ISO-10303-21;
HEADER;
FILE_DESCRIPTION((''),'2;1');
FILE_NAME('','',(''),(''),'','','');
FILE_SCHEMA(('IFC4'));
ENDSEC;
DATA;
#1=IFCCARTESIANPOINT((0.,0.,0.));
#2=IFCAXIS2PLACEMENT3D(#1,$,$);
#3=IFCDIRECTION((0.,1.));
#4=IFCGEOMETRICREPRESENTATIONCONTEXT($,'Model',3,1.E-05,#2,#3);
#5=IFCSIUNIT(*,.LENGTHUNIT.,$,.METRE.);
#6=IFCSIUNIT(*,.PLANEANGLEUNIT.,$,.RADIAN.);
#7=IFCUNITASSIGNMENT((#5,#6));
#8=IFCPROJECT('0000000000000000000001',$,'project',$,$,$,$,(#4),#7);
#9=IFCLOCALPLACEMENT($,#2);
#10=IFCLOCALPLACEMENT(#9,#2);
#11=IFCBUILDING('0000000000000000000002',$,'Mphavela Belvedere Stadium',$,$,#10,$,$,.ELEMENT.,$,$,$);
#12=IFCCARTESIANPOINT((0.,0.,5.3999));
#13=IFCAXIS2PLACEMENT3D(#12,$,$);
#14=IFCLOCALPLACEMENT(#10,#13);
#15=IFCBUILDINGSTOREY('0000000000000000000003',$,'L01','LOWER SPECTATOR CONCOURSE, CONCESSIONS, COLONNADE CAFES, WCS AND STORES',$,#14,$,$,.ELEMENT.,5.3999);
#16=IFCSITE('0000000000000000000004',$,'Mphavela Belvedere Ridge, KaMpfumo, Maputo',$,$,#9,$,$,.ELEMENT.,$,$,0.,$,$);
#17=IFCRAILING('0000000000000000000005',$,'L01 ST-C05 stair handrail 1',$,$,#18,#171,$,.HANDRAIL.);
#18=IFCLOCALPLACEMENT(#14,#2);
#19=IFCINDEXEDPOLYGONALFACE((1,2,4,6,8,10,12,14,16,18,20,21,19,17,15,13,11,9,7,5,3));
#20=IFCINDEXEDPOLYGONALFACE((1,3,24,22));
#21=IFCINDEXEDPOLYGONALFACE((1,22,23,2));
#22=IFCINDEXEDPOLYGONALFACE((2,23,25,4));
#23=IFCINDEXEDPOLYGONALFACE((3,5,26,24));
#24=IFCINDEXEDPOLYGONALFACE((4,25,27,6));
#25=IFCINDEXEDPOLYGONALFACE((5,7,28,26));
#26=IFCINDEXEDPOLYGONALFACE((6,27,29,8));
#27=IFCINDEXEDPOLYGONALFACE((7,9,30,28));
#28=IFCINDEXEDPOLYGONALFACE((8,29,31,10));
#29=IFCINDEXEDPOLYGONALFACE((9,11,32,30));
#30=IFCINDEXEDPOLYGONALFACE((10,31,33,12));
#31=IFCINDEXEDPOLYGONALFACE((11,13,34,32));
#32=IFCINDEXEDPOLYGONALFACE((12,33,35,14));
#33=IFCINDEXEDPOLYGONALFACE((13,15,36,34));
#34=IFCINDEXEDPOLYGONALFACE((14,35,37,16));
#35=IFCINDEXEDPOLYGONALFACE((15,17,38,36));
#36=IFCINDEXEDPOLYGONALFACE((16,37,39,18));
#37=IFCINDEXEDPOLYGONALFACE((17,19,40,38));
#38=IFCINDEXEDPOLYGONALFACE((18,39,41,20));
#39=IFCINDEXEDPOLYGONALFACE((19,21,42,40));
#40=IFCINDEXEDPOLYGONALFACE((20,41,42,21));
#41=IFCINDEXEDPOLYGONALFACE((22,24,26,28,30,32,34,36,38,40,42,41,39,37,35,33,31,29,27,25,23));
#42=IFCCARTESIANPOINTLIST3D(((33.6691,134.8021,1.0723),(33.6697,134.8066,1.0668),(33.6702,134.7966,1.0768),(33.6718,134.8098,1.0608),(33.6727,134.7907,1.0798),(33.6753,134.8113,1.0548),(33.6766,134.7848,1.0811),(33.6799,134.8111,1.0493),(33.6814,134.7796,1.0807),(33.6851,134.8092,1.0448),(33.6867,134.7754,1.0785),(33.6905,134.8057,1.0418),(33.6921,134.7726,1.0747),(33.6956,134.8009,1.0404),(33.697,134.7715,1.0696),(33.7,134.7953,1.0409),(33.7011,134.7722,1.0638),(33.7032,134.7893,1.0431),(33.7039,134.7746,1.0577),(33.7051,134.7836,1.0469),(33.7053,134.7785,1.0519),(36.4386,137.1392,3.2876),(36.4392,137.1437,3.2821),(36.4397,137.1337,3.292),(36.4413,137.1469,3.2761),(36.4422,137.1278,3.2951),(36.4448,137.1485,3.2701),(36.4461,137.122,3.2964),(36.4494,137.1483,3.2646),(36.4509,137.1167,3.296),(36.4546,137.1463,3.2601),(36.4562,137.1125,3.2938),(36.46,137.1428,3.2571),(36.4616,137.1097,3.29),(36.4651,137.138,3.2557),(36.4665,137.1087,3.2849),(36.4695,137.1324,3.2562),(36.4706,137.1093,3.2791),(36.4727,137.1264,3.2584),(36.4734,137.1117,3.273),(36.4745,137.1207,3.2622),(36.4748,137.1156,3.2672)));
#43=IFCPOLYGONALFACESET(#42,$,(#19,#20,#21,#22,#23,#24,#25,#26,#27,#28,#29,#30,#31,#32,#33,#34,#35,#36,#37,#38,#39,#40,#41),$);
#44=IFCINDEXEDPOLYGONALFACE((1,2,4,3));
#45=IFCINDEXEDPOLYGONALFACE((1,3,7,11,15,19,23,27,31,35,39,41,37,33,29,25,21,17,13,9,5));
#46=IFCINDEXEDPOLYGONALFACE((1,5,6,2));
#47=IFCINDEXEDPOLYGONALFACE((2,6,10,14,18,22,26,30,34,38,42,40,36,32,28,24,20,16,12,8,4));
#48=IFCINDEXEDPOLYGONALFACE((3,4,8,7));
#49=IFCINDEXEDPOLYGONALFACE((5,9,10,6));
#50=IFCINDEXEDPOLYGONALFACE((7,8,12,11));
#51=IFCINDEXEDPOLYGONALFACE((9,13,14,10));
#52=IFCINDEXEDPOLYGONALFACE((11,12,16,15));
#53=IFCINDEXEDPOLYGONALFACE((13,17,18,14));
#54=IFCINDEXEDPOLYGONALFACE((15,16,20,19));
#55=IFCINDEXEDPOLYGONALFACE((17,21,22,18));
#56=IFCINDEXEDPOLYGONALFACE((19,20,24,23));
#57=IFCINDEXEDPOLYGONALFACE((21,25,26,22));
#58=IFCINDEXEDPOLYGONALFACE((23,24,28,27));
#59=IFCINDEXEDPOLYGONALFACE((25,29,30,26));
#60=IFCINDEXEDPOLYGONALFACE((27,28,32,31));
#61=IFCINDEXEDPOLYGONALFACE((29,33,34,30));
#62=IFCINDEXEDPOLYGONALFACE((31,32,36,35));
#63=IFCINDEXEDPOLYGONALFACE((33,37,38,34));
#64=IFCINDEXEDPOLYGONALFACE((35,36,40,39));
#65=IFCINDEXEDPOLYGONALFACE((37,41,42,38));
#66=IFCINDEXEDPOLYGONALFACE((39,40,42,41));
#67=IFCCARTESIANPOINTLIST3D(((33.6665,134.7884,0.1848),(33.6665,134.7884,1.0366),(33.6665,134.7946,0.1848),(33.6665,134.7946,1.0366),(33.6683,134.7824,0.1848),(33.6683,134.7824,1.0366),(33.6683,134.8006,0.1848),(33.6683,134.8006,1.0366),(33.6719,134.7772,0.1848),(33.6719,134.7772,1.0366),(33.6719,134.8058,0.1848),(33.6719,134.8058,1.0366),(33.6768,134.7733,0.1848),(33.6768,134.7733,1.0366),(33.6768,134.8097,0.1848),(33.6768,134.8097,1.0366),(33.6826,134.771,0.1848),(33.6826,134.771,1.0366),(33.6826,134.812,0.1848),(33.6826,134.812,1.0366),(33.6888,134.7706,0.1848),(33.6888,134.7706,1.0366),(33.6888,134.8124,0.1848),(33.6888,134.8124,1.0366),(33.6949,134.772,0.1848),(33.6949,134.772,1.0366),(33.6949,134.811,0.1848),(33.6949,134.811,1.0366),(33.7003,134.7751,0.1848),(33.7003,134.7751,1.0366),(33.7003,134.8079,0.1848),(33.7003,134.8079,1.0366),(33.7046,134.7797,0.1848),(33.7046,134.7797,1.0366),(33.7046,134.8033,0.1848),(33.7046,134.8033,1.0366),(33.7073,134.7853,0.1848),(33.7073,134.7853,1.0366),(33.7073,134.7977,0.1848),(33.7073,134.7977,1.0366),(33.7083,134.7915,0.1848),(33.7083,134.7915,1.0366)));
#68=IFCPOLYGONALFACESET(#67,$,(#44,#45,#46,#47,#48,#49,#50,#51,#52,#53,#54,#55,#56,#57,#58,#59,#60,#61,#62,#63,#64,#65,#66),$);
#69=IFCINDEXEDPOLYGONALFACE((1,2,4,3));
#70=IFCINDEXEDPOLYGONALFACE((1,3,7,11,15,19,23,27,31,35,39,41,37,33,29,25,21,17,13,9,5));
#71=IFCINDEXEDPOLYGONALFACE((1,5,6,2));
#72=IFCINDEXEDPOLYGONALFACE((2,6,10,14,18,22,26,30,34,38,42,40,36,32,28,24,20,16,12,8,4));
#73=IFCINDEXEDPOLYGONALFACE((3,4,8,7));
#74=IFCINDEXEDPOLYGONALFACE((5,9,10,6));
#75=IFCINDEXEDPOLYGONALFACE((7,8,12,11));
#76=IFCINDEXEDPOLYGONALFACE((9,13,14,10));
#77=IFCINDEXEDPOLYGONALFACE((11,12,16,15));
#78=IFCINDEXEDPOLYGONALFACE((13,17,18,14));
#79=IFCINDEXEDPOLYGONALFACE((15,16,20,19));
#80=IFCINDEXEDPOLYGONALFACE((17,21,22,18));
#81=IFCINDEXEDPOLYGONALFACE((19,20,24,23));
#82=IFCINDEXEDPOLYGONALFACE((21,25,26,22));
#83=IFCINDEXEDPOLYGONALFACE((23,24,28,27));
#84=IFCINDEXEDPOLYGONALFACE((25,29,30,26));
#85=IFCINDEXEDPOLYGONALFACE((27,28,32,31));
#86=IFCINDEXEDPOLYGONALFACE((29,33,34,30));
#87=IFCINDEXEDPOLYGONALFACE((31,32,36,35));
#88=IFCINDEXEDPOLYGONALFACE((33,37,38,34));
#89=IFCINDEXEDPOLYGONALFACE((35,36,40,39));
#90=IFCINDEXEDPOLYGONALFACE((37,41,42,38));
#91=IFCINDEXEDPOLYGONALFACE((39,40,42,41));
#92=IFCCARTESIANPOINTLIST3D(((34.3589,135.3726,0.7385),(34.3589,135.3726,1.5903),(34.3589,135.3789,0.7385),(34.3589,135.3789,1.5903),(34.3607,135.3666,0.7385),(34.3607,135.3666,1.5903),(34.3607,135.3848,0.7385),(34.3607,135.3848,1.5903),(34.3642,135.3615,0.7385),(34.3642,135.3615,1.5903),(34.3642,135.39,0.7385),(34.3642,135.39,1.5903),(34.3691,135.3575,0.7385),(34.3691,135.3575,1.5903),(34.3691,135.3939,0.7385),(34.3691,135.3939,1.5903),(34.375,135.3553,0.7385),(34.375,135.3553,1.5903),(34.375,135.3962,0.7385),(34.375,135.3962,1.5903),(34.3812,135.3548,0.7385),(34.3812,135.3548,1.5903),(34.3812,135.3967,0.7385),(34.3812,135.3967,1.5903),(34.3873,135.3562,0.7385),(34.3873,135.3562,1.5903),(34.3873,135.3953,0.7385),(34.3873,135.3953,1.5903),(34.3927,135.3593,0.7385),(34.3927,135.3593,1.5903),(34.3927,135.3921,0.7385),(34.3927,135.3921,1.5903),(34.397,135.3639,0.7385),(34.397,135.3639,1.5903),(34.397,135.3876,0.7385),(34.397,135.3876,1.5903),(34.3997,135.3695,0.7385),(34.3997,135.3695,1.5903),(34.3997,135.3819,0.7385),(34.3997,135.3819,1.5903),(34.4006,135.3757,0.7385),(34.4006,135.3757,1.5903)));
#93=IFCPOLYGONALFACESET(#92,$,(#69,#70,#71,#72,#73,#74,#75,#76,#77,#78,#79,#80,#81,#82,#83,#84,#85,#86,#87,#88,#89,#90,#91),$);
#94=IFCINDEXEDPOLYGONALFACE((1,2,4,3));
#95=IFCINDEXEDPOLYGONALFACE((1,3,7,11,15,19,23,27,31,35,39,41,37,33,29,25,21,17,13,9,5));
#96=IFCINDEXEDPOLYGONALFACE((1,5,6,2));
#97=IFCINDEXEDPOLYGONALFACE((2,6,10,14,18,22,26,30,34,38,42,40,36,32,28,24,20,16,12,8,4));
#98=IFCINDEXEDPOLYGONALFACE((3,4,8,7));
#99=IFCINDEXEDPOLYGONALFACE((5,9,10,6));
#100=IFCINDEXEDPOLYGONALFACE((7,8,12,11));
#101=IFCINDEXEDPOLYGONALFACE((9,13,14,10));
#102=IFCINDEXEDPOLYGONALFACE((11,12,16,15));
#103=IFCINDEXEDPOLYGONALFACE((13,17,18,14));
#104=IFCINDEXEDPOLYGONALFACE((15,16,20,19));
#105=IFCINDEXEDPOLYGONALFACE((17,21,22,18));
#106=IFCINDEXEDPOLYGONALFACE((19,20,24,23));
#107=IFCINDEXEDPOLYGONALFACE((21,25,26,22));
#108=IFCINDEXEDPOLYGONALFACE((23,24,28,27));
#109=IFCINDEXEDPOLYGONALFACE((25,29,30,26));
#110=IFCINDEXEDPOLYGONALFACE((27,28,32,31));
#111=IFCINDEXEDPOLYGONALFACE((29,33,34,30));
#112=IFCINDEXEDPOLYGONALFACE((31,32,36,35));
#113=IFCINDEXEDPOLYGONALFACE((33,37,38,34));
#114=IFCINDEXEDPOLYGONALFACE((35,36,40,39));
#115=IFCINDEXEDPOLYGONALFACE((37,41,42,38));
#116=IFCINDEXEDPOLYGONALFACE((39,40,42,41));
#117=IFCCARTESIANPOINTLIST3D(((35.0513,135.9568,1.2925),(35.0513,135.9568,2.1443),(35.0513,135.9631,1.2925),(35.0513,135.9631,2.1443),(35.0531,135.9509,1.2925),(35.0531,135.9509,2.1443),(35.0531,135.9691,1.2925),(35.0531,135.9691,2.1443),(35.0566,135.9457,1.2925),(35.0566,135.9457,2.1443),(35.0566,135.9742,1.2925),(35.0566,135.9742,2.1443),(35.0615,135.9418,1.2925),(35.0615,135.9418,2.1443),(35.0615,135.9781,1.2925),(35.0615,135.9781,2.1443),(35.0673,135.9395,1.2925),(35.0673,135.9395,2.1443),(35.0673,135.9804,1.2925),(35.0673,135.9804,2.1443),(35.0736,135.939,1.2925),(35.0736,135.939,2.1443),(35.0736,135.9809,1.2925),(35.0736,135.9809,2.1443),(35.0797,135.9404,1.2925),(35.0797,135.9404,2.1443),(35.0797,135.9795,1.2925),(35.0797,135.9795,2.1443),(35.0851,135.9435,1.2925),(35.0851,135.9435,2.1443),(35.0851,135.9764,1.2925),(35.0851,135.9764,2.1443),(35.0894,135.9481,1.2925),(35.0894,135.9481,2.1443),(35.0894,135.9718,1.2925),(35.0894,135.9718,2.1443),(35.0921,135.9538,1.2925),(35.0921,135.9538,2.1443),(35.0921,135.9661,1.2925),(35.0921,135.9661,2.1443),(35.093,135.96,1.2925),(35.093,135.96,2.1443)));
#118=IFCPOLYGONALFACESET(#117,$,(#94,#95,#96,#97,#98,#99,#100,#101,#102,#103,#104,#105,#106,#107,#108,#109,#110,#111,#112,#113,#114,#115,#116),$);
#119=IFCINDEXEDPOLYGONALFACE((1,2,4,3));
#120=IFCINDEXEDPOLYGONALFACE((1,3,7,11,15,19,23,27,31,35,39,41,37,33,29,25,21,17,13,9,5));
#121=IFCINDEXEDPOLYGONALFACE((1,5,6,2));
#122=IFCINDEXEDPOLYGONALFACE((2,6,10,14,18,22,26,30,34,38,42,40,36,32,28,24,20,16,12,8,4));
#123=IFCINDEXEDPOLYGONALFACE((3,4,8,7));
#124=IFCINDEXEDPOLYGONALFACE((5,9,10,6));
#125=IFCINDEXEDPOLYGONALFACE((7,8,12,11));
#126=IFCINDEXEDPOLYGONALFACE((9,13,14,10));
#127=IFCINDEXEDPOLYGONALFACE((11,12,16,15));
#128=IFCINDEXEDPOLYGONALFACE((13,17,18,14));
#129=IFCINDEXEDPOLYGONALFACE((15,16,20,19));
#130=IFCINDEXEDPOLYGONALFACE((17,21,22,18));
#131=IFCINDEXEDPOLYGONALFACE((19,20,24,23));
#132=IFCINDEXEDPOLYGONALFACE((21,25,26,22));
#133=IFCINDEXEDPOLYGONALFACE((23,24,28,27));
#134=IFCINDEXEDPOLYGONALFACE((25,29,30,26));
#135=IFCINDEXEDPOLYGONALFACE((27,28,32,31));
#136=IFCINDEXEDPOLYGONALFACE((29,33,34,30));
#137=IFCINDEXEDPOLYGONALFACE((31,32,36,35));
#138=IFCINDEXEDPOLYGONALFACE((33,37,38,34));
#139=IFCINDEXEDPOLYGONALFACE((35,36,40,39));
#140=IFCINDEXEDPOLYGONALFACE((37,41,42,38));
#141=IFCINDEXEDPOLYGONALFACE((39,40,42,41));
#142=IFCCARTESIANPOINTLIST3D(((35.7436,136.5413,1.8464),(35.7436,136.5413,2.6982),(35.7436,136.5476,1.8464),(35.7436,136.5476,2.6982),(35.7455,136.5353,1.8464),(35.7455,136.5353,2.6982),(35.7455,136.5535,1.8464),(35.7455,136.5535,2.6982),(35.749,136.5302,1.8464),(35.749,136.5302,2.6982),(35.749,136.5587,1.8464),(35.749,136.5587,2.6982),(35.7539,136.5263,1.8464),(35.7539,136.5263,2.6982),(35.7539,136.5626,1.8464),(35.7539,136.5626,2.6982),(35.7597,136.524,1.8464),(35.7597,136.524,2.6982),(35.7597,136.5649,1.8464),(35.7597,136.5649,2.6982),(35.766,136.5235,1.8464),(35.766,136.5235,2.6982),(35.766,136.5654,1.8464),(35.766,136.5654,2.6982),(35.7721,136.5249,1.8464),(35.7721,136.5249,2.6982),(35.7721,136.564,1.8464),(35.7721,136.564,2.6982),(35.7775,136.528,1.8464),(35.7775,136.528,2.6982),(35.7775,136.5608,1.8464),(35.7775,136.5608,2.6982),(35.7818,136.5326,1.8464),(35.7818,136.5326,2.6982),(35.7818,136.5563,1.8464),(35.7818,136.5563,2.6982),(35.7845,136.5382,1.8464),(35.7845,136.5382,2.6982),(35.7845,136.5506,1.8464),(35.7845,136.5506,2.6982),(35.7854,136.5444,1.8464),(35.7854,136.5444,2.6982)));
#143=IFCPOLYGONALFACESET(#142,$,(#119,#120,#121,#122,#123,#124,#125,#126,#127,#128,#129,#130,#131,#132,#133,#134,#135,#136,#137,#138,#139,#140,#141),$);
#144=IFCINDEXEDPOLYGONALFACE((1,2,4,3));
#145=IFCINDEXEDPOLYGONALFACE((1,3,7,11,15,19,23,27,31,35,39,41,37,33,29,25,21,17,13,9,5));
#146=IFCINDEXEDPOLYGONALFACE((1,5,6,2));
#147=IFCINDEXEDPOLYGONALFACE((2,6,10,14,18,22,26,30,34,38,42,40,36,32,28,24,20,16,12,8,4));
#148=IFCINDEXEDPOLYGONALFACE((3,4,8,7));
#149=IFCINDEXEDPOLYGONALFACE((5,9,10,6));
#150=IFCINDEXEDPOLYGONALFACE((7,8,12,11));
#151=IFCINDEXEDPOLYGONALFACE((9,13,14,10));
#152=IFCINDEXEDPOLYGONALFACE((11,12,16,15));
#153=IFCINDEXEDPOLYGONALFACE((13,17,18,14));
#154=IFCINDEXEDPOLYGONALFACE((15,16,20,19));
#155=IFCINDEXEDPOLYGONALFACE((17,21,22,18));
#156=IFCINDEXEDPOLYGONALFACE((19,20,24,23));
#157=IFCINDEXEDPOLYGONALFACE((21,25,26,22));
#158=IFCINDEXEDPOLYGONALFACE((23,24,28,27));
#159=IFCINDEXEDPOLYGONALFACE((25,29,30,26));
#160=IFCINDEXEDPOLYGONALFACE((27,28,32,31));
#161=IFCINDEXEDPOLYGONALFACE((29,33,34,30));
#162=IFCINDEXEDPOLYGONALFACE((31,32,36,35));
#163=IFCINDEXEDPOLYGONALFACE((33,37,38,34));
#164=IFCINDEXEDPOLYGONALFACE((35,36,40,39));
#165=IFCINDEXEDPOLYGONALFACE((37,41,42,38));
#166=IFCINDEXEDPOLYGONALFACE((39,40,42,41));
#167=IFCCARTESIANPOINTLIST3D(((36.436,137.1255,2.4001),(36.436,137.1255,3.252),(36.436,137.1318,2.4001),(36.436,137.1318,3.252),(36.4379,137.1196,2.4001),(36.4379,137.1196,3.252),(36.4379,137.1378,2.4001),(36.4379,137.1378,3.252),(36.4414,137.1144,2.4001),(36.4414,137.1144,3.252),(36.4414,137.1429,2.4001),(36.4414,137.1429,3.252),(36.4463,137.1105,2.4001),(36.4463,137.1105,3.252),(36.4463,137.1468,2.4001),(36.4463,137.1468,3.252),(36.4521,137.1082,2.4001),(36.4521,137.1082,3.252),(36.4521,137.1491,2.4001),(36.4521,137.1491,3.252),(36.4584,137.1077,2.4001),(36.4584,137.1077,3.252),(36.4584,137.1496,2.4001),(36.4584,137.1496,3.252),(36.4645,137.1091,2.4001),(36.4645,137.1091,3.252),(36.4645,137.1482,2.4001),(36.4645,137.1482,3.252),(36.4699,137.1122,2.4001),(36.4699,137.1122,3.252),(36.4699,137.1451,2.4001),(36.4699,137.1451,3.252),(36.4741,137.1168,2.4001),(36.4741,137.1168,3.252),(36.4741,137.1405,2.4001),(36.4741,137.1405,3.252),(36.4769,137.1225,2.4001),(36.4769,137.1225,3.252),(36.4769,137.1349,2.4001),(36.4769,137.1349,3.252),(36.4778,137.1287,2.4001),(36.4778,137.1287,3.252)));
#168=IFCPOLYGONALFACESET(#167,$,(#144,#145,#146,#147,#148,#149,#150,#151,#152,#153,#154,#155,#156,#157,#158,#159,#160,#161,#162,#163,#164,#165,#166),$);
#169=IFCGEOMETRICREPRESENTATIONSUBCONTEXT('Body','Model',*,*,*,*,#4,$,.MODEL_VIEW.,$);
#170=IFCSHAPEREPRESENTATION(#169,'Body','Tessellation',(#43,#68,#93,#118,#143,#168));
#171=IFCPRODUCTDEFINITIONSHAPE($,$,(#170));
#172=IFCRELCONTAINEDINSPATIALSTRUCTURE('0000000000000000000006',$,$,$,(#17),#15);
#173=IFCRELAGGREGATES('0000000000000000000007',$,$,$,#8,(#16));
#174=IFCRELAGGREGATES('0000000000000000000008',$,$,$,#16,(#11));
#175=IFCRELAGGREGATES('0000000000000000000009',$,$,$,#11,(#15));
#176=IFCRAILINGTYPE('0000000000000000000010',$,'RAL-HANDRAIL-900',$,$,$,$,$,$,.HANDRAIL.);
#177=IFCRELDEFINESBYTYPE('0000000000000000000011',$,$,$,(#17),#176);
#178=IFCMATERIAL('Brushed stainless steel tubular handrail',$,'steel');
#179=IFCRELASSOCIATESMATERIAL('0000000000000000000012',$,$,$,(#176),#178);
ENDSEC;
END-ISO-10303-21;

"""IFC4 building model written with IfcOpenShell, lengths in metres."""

from ifc_helpers import new_model, si_unit, direction, frame, origin, origin_2d, place, context, subcontext, project, spatial, circle, extrude, material, type_object, element, save


model = new_model("IFC4")

# Units and contexts
model_context = context("Model", 3, precision=1e-05, world=origin(), true_north=direction((0.0, 1.0)))
body_context = subcontext(model_context, "Body", "Model", "MODEL_VIEW")
ifc_project = project(units=[si_unit("LENGTHUNIT", "METRE"), si_unit("PLANEANGLEUNIT", "RADIAN")], contexts=[model_context])

# Site, building, storey
site_placement = place(None, origin())
site = spatial("IfcSite", under=ifc_project, at=site_placement, Name="Mphavela Belvedere Ridge, KaMpfumo, Maputo", CompositionType="ELEMENT", RefElevation=0.0)
building_placement = place(site_placement, origin())
building = spatial("IfcBuilding", under=site, at=building_placement, Name="Mphavela Belvedere Stadium", CompositionType="ELEMENT")
storey_placement = place(building_placement, frame((0.0, 0.0, 5.3999)))
storey = spatial("IfcBuildingStorey", under=building, at=storey_placement, Name="L01", Description="LOWER SPECTATOR CONCOURSE, CONCESSIONS, COLONNADE CAFES, WCS AND STORES", CompositionType="ELEMENT", Elevation=5.3999)

# Railing
ifc_material_1 = material(Name="Brushed stainless steel tubular handrail", Category="steel")
railing_type_1 = type_object("IfcRailingType", Name="RAL-HANDRAIL-900", PredefinedType="HANDRAIL", material=ifc_material_1)
railing_1_placement = place(storey_placement, frame((33.6873, 134.7915, 0.1848)))
element("IfcRailing", 1, at=railing_1_placement, inside=storey, type_object=railing_type_1, Name="L01 ST-C05 stair handrail 1", PredefinedType="HANDRAIL", context=body_context, shape_type="SweptSolid", body=[
    extrude(circle(Radius=0.0239, at=origin_2d()), frame((0.0, 0.0, 0.876), z_axis=(0.652055, 0.550258, 0.521575), x_axis=(-0.64493, 0.764242, 0.0)), (0.0, 0.0, 1.0), 4.2473),
    extrude(circle(Radius=0.021, at=origin_2d()), origin(), (0.0, 0.0, 1.0), 0.8518),
    extrude(circle(Radius=0.021, at=origin_2d()), frame((0.6924, 0.5842, 0.5537)), (0.0, 0.0, 1.0), 0.8518),
    extrude(circle(Radius=0.021, at=origin_2d()), frame((1.3848, 1.1685, 1.1077)), (0.0, 0.0, 1.0), 0.8518),
    extrude(circle(Radius=0.021, at=origin_2d()), frame((2.0771, 1.7529, 1.6616)), (0.0, 0.0, 1.0), 0.8518),
    extrude(circle(Radius=0.021, at=origin_2d()), frame((2.7695, 2.3372, 2.2153)), (0.0, 0.0, 1.0), 0.8518),
])

save(model, "model.ifc")
